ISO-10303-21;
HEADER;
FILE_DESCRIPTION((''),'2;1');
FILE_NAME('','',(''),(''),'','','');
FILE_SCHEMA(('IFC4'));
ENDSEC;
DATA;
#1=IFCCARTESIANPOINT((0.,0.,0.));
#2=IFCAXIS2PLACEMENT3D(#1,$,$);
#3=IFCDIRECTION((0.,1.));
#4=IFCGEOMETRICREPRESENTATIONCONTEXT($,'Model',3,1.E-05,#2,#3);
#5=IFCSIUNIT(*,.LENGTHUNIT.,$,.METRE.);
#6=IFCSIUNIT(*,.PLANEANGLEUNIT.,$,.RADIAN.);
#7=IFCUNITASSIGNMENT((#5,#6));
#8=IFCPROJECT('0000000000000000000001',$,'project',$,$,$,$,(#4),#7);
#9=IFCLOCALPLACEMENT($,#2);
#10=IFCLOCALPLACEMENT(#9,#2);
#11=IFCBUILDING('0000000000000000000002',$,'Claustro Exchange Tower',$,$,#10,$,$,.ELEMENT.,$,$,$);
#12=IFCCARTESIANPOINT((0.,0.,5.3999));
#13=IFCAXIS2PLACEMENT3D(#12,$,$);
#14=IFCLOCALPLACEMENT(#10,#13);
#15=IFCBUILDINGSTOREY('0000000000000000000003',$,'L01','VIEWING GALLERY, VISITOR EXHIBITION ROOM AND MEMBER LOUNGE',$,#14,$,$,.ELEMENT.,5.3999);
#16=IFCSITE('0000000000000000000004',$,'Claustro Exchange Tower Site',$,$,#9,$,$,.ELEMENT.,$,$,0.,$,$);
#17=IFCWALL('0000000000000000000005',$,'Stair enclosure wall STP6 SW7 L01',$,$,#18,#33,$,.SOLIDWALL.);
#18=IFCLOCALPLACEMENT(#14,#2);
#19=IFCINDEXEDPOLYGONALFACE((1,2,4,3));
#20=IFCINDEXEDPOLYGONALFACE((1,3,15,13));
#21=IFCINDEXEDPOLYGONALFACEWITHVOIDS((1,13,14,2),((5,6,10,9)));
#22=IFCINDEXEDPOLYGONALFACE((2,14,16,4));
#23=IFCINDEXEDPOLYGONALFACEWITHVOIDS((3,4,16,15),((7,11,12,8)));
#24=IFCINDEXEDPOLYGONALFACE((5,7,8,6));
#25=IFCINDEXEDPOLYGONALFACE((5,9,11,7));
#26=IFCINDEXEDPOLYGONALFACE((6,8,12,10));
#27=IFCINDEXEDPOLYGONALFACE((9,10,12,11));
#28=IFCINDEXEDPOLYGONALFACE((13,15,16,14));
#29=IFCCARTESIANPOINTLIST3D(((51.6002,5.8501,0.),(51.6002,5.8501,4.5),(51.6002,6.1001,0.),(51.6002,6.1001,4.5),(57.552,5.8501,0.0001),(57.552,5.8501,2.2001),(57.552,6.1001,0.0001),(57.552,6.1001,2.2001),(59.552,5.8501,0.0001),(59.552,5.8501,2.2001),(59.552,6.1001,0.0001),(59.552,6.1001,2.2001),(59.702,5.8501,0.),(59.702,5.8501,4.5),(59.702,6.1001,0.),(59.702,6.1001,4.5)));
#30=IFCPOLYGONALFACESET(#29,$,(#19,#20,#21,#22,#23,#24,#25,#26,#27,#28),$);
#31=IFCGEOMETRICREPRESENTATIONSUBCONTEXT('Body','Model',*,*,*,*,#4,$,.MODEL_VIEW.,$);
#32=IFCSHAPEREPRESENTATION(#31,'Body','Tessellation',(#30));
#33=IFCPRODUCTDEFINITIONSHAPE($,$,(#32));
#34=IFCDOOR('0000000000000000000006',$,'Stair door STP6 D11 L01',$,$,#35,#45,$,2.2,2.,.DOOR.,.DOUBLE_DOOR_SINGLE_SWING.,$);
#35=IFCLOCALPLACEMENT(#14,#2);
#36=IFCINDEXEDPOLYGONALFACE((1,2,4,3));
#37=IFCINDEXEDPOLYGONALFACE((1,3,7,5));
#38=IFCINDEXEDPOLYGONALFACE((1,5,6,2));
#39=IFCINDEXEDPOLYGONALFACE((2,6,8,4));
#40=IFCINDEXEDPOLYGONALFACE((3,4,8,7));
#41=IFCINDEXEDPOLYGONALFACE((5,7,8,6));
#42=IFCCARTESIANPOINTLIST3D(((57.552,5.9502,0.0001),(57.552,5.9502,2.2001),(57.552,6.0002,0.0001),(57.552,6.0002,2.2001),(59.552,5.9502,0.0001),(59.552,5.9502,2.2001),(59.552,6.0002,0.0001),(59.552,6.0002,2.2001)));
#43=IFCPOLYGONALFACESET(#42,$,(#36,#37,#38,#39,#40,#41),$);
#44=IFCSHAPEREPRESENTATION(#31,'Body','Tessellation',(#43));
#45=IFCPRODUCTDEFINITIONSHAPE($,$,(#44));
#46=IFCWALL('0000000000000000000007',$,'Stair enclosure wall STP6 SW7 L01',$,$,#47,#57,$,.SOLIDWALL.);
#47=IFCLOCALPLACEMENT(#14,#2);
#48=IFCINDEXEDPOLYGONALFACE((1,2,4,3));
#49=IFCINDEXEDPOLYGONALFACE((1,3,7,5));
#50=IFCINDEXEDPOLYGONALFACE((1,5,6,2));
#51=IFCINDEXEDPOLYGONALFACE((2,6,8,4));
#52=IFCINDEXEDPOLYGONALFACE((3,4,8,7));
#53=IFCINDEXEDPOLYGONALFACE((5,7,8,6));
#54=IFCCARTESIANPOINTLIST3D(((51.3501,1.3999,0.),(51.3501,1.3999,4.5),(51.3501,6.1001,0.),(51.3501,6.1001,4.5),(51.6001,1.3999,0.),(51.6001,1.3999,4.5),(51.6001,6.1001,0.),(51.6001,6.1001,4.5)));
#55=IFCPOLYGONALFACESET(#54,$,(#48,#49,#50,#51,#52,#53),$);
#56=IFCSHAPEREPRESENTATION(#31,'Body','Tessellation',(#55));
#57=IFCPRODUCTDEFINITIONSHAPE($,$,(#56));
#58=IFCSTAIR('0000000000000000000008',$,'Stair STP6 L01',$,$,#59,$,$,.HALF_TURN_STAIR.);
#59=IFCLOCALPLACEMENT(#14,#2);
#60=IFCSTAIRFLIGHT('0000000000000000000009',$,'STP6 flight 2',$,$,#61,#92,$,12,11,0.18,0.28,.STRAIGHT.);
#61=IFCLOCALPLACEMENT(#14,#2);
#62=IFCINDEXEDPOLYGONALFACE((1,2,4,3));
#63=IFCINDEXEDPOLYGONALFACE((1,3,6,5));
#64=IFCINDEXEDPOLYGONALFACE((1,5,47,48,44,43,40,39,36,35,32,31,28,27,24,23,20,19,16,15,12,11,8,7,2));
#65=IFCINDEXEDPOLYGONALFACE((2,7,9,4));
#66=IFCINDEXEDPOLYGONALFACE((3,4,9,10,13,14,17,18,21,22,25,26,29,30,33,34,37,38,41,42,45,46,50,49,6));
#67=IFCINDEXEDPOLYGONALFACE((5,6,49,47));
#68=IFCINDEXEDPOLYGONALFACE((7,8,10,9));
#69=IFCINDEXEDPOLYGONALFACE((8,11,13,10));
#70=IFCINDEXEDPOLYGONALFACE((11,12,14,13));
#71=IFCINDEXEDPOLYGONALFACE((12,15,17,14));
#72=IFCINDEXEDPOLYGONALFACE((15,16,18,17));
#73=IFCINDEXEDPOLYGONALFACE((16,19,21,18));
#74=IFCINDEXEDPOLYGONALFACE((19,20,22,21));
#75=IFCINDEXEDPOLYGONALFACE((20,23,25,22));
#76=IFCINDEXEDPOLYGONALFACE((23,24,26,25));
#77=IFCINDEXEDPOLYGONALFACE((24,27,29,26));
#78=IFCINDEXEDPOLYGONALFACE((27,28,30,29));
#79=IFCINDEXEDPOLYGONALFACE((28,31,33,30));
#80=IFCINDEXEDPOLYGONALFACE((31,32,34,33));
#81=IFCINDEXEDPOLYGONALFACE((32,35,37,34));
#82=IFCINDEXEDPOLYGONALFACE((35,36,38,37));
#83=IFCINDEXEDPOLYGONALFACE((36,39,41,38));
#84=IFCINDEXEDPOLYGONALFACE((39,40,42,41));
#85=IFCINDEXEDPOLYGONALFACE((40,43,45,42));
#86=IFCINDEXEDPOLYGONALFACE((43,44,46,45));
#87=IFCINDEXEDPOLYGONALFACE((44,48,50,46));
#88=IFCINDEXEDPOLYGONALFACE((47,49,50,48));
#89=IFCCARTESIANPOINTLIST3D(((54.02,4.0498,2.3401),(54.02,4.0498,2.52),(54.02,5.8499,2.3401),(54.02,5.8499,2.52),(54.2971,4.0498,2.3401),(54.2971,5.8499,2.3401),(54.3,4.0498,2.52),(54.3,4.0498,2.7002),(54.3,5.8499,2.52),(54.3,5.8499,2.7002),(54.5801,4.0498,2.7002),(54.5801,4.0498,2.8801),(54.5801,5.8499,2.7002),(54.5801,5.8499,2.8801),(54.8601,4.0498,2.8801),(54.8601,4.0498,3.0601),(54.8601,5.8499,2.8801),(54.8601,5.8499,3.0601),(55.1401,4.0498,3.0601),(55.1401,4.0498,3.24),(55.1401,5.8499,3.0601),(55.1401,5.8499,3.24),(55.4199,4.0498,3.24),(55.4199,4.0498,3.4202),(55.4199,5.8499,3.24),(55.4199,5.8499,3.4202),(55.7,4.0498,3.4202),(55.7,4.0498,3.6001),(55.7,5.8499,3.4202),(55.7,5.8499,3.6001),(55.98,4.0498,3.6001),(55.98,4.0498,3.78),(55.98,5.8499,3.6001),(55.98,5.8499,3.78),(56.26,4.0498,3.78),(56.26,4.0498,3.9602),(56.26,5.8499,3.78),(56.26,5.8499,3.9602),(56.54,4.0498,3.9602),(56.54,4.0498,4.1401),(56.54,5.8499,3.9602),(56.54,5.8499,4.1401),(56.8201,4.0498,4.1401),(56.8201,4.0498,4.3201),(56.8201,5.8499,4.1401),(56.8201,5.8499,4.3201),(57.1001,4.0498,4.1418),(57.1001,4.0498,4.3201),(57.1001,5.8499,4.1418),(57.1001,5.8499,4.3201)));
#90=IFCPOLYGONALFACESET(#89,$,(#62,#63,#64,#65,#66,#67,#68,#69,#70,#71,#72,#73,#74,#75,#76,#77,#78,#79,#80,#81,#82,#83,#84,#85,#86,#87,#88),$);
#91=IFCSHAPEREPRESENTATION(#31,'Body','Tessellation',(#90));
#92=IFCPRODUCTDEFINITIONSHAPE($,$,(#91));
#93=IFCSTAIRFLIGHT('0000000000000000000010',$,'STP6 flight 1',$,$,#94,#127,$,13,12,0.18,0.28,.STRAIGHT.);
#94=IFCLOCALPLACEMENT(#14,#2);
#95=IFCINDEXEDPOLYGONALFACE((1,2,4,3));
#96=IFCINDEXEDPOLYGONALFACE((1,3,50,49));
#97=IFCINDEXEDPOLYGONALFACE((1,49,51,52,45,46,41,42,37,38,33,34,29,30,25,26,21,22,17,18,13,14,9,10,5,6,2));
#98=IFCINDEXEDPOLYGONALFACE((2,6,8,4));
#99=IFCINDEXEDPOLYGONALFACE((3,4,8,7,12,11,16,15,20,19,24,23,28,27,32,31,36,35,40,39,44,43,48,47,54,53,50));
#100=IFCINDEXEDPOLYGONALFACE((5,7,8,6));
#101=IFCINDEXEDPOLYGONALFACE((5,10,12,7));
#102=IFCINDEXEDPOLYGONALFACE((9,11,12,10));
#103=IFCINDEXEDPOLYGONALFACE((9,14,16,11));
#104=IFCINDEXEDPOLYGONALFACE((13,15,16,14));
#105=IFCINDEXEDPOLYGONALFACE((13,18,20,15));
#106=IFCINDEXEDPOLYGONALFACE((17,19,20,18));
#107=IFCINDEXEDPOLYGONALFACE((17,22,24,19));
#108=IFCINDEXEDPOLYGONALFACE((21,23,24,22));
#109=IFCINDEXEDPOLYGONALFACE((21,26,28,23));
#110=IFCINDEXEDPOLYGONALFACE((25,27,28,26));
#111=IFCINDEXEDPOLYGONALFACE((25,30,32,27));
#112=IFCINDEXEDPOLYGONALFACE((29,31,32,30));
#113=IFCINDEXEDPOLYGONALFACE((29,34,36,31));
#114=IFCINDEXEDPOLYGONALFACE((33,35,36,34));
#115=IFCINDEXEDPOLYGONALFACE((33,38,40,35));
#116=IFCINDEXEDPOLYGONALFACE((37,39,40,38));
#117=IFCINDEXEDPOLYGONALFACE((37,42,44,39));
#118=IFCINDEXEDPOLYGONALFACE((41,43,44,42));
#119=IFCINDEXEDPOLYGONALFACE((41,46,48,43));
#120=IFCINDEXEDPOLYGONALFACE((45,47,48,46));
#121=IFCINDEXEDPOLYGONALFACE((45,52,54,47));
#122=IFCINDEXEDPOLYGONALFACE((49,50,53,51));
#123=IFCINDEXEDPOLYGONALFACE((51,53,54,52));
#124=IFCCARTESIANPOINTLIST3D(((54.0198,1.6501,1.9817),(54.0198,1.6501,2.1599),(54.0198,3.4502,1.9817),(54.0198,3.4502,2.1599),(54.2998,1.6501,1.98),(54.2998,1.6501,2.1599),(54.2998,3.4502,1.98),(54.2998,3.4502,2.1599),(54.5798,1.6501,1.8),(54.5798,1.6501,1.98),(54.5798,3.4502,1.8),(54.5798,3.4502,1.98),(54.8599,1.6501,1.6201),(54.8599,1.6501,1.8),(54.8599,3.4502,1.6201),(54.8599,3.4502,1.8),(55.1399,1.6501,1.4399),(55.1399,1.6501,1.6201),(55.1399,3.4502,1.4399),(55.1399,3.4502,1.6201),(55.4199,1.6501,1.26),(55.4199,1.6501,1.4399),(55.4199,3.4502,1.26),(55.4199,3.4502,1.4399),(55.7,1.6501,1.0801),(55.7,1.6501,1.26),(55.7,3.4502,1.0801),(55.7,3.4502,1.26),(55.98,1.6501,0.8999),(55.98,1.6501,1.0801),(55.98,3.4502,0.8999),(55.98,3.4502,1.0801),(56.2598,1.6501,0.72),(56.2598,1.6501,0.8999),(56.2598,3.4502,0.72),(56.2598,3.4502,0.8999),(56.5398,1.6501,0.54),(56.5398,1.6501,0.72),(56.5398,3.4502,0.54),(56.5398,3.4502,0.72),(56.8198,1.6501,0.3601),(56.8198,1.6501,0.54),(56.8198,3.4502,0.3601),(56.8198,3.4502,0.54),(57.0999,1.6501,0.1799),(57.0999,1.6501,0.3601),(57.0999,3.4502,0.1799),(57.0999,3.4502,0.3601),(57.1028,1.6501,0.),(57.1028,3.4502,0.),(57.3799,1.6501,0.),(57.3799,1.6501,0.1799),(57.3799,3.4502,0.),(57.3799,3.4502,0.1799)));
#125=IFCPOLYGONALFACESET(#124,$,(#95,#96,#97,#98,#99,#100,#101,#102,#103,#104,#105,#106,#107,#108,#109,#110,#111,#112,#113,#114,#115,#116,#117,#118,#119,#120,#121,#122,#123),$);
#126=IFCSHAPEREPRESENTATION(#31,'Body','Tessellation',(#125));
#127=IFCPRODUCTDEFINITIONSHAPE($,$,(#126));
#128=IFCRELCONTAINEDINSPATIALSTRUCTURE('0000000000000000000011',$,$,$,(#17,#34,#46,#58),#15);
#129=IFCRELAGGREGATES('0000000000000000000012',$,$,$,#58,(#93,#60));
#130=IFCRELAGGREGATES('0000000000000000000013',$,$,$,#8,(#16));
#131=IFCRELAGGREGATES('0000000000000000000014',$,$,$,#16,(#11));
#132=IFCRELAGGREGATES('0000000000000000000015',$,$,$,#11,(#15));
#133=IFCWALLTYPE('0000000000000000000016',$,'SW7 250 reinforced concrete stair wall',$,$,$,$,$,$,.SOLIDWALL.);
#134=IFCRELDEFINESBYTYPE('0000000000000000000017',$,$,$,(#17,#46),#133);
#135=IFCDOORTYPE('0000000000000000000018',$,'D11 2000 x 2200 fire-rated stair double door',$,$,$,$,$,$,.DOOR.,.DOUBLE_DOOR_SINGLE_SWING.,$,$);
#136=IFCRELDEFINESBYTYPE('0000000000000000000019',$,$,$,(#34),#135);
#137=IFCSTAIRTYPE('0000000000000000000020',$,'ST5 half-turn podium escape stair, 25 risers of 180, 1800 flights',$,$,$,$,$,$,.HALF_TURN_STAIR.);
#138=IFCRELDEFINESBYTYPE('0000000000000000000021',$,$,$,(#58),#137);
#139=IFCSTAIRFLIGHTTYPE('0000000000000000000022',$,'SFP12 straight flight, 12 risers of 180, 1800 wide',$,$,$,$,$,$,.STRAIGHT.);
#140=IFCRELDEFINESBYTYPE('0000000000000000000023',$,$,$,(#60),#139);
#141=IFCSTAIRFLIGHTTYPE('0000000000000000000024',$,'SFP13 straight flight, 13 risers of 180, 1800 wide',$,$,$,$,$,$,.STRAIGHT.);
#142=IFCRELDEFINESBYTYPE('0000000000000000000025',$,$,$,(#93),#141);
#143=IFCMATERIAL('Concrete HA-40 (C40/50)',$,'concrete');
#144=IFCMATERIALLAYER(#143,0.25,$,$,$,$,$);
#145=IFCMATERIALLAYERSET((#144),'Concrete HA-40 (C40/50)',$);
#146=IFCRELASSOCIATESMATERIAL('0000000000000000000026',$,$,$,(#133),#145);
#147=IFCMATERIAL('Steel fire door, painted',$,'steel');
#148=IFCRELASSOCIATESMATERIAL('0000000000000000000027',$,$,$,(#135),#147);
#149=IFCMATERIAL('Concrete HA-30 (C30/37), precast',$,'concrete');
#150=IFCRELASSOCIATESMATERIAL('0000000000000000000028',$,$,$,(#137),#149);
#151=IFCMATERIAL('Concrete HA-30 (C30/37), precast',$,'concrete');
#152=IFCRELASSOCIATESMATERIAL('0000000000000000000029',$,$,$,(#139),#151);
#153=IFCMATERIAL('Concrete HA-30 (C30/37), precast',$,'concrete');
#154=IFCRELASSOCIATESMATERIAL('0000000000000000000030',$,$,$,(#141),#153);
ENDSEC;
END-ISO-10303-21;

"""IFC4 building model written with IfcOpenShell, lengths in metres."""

from ifc_helpers import new_model, si_unit, direction, frame, frame_2d, origin, place, context, subcontext, project, spatial, polyline, rectangle, outline, extrude, material, layer, layer_set, type_object, element, fill, aggregate, save


model = new_model("IFC4")

# Units and contexts
model_context = context("Model", 3, precision=1e-05, world=origin(), true_north=direction((0.0, 1.0)))
body_context = subcontext(model_context, "Body", "Model", "MODEL_VIEW")
ifc_project = project(units=[si_unit("LENGTHUNIT", "METRE"), si_unit("PLANEANGLEUNIT", "RADIAN")], contexts=[model_context])

# Site, building, storey
site_placement = place(None, origin())
site = spatial("IfcSite", under=ifc_project, at=site_placement, Name="Claustro Exchange Tower Site", CompositionType="ELEMENT", RefElevation=0.0)
building_placement = place(site_placement, origin())
building = spatial("IfcBuilding", under=site, at=building_placement, Name="Claustro Exchange Tower", CompositionType="ELEMENT")
storey_placement = place(building_placement, frame((0.0, 0.0, 5.3999)))
storey = spatial("IfcBuildingStorey", under=building, at=storey_placement, Name="L01", Description="VIEWING GALLERY, VISITOR EXHIBITION ROOM AND MEMBER LOUNGE", CompositionType="ELEMENT", Elevation=5.3999)

# Shared definitions
ifc_material_1 = material(Name="Concrete HA-40 (C40/50)", Category="concrete")
ifc_layer_1 = layer(ifc_material_1, 0.25)
ifc_layer_set_1 = layer_set([ifc_layer_1], Name="Concrete HA-40 (C40/50)")
wall_type_1 = type_object("IfcWallType", Name="SW7 250 reinforced concrete stair wall", PredefinedType="SOLIDWALL", material=ifc_layer_set_1)

# Wall, opening, door
wall_1_placement = place(storey_placement, frame((59.7019, 5.9751, 0.0), z_axis=(0.0, 0.0, 1.0), x_axis=(-1.0, 0.0, 0.0)))
wall_1 = element("IfcWall", 1, at=wall_1_placement, inside=storey, type_object=wall_type_1, Name="Stair enclosure wall STP6 SW7 L01", PredefinedType="SOLIDWALL", context=body_context, shape_type="SweptSolid", body=[
    extrude(rectangle(XDim=8.1018, YDim=0.25, at=frame_2d((4.0508, 0.0))), origin(), (0.0, 0.0, 1.0), 4.5),
])
opening_1_placement = place(wall_1_placement, frame((0.1499, 0.0, 0.0)))
opening_1 = element("IfcOpeningElement", 2, at=opening_1_placement, cuts=wall_1, PredefinedType="OPENING", context=body_context, shape_type="SweptSolid", body=[
    extrude(rectangle(XDim=2.0, YDim=2.2, at=frame_2d((1.0, 1.1001))), frame((0.0, 0.135, 0.0), z_axis=(0.0, -1.0, 0.0), x_axis=(1.0, 0.0, 0.0)), (0.0, 0.0, 1.0), 0.27),
])
ifc_material_2 = material(Name="Steel fire door, painted", Category="steel")
door_type_1 = type_object("IfcDoorType", Name="D11 2000 x 2200 fire-rated stair double door", OperationType="DOUBLE_DOOR_SINGLE_SWING", PredefinedType="DOOR", material=ifc_material_2)
door_1_placement = place(opening_1_placement, origin())
door_1 = element("IfcDoor", 3, at=door_1_placement, inside=storey, type_object=door_type_1, Name="Stair door STP6 D11 L01", OperationType="DOUBLE_DOOR_SINGLE_SWING", OverallHeight=2.2, OverallWidth=2.0, PredefinedType="DOOR", context=body_context, shape_type="SweptSolid", body=[
    extrude(rectangle(XDim=2.0, YDim=2.2, at=frame_2d((1.0, 1.1001))), frame((0.0, 0.0249, 0.0), z_axis=(0.0, -1.0, 0.0), x_axis=(1.0, 0.0, 0.0)), (0.0, 0.0, 1.0), 0.05),
])
fill(opening_1, door_1)

# Wall
wall_2_placement = place(storey_placement, frame((51.4751, 1.3999, 0.0), z_axis=(0.0, 0.0, 1.0), x_axis=(0.0, 1.0, 0.0)))
element("IfcWall", 4, at=wall_2_placement, inside=storey, type_object=wall_type_1, Name="Stair enclosure wall STP6 SW7 L01", PredefinedType="SOLIDWALL", context=body_context, shape_type="SweptSolid", body=[
    extrude(rectangle(XDim=4.7002, YDim=0.25, at=frame_2d((2.3501, 0.0))), origin(), (0.0, 0.0, 1.0), 4.5),
])

# Stair, stair flights
ifc_material_3 = material(Name="Concrete HA-30 (C30/37), precast", Category="concrete")
stair_type = type_object("IfcStairType", Name="ST5 half-turn podium escape stair, 25 risers of 180, 1800 flights", PredefinedType="HALF_TURN_STAIR", material=ifc_material_3)
stair_placement = place(storey_placement, origin())
stair = element("IfcStair", 5, at=stair_placement, inside=storey, type_object=stair_type, Name="Stair STP6 L01", PredefinedType="HALF_TURN_STAIR")
ifc_material_4 = material(Name="Concrete HA-30 (C30/37), precast", Category="concrete")
stair_flight_type_1 = type_object("IfcStairFlightType", Name="SFP12 straight flight, 12 risers of 180, 1800 wide", PredefinedType="STRAIGHT", material=ifc_material_4)
stair_flight_1_placement = place(storey_placement, frame((54.02, 4.95, 2.3401), z_axis=(0.0, 0.0, 1.0), x_axis=(1.0, 0.0, 0.0)))
stair_flight_1 = element("IfcStairFlight", 6, at=stair_flight_1_placement, type_object=stair_flight_type_1, Name="STP6 flight 2", NumberOfRisers=12, NumberOfTreads=11, PredefinedType="STRAIGHT", RiserHeight=0.18, TreadLength=0.28, context=body_context, shape_type="SweptSolid", body=[
    extrude(outline(polyline([(0.0, 0.0), (0.0, 0.1799), (0.28, 0.1799), (0.28, 0.3601), (0.5601, 0.3601), (0.5601, 0.54), (0.8401, 0.54), (0.8401, 0.72), (1.1201, 0.72), (1.1201, 0.8999), (1.3999, 0.8999), (1.3999, 1.0801), (1.6799, 1.0801), (1.6799, 1.26), (1.96, 1.26), (1.96, 1.4399), (2.24, 1.4399), (2.24, 1.6201), (2.52, 1.6201), (2.52, 1.8), (2.8, 1.8), (2.8, 1.98), (3.0801, 1.98), (3.0801, 2.1599), (3.0801, 1.8018), (0.2771, 0.0), (0.0, 0.0)])), frame((0.0, 0.8999, 0.0), z_axis=(0.0, -1.0, 0.0), x_axis=(1.0, 0.0, 0.0)), (0.0, 0.0, 1.0), 1.8),
])
ifc_material_5 = material(Name="Concrete HA-30 (C30/37), precast", Category="concrete")
stair_flight_type_2 = type_object("IfcStairFlightType", Name="SFP13 straight flight, 13 risers of 180, 1800 wide", PredefinedType="STRAIGHT", material=ifc_material_5)
stair_flight_2_placement = place(storey_placement, frame((57.3799, 2.55, 0.0), z_axis=(0.0, 0.0, 1.0), x_axis=(-1.0, 0.0, 0.0)))
stair_flight_2 = element("IfcStairFlight", 7, at=stair_flight_2_placement, type_object=stair_flight_type_2, Name="STP6 flight 1", NumberOfRisers=13, NumberOfTreads=12, PredefinedType="STRAIGHT", RiserHeight=0.18, TreadLength=0.28, context=body_context, shape_type="SweptSolid", body=[
    extrude(outline(polyline([(0.0, 0.0), (0.0, 0.1799), (0.28, 0.1799), (0.28, 0.3601), (0.5601, 0.3601), (0.5601, 0.54), (0.8401, 0.54), (0.8401, 0.72), (1.1201, 0.72), (1.1201, 0.8999), (1.3999, 0.8999), (1.3999, 1.0801), (1.6799, 1.0801), (1.6799, 1.26), (1.96, 1.26), (1.96, 1.4399), (2.24, 1.4399), (2.24, 1.6201), (2.52, 1.6201), (2.52, 1.8), (2.8, 1.8), (2.8, 1.98), (3.0801, 1.98), (3.0801, 2.1599), (3.3601, 2.1599), (3.3601, 2.3401), (3.3601, 1.9817), (0.2771, 0.0), (0.0, 0.0)])), frame((0.0, 0.8999, 0.0), z_axis=(0.0, -1.0, 0.0), x_axis=(1.0, 0.0, 0.0)), (0.0, 0.0, 1.0), 1.8),
])
aggregate(stair, [stair_flight_2, stair_flight_1])

save(model, "model.ifc")
